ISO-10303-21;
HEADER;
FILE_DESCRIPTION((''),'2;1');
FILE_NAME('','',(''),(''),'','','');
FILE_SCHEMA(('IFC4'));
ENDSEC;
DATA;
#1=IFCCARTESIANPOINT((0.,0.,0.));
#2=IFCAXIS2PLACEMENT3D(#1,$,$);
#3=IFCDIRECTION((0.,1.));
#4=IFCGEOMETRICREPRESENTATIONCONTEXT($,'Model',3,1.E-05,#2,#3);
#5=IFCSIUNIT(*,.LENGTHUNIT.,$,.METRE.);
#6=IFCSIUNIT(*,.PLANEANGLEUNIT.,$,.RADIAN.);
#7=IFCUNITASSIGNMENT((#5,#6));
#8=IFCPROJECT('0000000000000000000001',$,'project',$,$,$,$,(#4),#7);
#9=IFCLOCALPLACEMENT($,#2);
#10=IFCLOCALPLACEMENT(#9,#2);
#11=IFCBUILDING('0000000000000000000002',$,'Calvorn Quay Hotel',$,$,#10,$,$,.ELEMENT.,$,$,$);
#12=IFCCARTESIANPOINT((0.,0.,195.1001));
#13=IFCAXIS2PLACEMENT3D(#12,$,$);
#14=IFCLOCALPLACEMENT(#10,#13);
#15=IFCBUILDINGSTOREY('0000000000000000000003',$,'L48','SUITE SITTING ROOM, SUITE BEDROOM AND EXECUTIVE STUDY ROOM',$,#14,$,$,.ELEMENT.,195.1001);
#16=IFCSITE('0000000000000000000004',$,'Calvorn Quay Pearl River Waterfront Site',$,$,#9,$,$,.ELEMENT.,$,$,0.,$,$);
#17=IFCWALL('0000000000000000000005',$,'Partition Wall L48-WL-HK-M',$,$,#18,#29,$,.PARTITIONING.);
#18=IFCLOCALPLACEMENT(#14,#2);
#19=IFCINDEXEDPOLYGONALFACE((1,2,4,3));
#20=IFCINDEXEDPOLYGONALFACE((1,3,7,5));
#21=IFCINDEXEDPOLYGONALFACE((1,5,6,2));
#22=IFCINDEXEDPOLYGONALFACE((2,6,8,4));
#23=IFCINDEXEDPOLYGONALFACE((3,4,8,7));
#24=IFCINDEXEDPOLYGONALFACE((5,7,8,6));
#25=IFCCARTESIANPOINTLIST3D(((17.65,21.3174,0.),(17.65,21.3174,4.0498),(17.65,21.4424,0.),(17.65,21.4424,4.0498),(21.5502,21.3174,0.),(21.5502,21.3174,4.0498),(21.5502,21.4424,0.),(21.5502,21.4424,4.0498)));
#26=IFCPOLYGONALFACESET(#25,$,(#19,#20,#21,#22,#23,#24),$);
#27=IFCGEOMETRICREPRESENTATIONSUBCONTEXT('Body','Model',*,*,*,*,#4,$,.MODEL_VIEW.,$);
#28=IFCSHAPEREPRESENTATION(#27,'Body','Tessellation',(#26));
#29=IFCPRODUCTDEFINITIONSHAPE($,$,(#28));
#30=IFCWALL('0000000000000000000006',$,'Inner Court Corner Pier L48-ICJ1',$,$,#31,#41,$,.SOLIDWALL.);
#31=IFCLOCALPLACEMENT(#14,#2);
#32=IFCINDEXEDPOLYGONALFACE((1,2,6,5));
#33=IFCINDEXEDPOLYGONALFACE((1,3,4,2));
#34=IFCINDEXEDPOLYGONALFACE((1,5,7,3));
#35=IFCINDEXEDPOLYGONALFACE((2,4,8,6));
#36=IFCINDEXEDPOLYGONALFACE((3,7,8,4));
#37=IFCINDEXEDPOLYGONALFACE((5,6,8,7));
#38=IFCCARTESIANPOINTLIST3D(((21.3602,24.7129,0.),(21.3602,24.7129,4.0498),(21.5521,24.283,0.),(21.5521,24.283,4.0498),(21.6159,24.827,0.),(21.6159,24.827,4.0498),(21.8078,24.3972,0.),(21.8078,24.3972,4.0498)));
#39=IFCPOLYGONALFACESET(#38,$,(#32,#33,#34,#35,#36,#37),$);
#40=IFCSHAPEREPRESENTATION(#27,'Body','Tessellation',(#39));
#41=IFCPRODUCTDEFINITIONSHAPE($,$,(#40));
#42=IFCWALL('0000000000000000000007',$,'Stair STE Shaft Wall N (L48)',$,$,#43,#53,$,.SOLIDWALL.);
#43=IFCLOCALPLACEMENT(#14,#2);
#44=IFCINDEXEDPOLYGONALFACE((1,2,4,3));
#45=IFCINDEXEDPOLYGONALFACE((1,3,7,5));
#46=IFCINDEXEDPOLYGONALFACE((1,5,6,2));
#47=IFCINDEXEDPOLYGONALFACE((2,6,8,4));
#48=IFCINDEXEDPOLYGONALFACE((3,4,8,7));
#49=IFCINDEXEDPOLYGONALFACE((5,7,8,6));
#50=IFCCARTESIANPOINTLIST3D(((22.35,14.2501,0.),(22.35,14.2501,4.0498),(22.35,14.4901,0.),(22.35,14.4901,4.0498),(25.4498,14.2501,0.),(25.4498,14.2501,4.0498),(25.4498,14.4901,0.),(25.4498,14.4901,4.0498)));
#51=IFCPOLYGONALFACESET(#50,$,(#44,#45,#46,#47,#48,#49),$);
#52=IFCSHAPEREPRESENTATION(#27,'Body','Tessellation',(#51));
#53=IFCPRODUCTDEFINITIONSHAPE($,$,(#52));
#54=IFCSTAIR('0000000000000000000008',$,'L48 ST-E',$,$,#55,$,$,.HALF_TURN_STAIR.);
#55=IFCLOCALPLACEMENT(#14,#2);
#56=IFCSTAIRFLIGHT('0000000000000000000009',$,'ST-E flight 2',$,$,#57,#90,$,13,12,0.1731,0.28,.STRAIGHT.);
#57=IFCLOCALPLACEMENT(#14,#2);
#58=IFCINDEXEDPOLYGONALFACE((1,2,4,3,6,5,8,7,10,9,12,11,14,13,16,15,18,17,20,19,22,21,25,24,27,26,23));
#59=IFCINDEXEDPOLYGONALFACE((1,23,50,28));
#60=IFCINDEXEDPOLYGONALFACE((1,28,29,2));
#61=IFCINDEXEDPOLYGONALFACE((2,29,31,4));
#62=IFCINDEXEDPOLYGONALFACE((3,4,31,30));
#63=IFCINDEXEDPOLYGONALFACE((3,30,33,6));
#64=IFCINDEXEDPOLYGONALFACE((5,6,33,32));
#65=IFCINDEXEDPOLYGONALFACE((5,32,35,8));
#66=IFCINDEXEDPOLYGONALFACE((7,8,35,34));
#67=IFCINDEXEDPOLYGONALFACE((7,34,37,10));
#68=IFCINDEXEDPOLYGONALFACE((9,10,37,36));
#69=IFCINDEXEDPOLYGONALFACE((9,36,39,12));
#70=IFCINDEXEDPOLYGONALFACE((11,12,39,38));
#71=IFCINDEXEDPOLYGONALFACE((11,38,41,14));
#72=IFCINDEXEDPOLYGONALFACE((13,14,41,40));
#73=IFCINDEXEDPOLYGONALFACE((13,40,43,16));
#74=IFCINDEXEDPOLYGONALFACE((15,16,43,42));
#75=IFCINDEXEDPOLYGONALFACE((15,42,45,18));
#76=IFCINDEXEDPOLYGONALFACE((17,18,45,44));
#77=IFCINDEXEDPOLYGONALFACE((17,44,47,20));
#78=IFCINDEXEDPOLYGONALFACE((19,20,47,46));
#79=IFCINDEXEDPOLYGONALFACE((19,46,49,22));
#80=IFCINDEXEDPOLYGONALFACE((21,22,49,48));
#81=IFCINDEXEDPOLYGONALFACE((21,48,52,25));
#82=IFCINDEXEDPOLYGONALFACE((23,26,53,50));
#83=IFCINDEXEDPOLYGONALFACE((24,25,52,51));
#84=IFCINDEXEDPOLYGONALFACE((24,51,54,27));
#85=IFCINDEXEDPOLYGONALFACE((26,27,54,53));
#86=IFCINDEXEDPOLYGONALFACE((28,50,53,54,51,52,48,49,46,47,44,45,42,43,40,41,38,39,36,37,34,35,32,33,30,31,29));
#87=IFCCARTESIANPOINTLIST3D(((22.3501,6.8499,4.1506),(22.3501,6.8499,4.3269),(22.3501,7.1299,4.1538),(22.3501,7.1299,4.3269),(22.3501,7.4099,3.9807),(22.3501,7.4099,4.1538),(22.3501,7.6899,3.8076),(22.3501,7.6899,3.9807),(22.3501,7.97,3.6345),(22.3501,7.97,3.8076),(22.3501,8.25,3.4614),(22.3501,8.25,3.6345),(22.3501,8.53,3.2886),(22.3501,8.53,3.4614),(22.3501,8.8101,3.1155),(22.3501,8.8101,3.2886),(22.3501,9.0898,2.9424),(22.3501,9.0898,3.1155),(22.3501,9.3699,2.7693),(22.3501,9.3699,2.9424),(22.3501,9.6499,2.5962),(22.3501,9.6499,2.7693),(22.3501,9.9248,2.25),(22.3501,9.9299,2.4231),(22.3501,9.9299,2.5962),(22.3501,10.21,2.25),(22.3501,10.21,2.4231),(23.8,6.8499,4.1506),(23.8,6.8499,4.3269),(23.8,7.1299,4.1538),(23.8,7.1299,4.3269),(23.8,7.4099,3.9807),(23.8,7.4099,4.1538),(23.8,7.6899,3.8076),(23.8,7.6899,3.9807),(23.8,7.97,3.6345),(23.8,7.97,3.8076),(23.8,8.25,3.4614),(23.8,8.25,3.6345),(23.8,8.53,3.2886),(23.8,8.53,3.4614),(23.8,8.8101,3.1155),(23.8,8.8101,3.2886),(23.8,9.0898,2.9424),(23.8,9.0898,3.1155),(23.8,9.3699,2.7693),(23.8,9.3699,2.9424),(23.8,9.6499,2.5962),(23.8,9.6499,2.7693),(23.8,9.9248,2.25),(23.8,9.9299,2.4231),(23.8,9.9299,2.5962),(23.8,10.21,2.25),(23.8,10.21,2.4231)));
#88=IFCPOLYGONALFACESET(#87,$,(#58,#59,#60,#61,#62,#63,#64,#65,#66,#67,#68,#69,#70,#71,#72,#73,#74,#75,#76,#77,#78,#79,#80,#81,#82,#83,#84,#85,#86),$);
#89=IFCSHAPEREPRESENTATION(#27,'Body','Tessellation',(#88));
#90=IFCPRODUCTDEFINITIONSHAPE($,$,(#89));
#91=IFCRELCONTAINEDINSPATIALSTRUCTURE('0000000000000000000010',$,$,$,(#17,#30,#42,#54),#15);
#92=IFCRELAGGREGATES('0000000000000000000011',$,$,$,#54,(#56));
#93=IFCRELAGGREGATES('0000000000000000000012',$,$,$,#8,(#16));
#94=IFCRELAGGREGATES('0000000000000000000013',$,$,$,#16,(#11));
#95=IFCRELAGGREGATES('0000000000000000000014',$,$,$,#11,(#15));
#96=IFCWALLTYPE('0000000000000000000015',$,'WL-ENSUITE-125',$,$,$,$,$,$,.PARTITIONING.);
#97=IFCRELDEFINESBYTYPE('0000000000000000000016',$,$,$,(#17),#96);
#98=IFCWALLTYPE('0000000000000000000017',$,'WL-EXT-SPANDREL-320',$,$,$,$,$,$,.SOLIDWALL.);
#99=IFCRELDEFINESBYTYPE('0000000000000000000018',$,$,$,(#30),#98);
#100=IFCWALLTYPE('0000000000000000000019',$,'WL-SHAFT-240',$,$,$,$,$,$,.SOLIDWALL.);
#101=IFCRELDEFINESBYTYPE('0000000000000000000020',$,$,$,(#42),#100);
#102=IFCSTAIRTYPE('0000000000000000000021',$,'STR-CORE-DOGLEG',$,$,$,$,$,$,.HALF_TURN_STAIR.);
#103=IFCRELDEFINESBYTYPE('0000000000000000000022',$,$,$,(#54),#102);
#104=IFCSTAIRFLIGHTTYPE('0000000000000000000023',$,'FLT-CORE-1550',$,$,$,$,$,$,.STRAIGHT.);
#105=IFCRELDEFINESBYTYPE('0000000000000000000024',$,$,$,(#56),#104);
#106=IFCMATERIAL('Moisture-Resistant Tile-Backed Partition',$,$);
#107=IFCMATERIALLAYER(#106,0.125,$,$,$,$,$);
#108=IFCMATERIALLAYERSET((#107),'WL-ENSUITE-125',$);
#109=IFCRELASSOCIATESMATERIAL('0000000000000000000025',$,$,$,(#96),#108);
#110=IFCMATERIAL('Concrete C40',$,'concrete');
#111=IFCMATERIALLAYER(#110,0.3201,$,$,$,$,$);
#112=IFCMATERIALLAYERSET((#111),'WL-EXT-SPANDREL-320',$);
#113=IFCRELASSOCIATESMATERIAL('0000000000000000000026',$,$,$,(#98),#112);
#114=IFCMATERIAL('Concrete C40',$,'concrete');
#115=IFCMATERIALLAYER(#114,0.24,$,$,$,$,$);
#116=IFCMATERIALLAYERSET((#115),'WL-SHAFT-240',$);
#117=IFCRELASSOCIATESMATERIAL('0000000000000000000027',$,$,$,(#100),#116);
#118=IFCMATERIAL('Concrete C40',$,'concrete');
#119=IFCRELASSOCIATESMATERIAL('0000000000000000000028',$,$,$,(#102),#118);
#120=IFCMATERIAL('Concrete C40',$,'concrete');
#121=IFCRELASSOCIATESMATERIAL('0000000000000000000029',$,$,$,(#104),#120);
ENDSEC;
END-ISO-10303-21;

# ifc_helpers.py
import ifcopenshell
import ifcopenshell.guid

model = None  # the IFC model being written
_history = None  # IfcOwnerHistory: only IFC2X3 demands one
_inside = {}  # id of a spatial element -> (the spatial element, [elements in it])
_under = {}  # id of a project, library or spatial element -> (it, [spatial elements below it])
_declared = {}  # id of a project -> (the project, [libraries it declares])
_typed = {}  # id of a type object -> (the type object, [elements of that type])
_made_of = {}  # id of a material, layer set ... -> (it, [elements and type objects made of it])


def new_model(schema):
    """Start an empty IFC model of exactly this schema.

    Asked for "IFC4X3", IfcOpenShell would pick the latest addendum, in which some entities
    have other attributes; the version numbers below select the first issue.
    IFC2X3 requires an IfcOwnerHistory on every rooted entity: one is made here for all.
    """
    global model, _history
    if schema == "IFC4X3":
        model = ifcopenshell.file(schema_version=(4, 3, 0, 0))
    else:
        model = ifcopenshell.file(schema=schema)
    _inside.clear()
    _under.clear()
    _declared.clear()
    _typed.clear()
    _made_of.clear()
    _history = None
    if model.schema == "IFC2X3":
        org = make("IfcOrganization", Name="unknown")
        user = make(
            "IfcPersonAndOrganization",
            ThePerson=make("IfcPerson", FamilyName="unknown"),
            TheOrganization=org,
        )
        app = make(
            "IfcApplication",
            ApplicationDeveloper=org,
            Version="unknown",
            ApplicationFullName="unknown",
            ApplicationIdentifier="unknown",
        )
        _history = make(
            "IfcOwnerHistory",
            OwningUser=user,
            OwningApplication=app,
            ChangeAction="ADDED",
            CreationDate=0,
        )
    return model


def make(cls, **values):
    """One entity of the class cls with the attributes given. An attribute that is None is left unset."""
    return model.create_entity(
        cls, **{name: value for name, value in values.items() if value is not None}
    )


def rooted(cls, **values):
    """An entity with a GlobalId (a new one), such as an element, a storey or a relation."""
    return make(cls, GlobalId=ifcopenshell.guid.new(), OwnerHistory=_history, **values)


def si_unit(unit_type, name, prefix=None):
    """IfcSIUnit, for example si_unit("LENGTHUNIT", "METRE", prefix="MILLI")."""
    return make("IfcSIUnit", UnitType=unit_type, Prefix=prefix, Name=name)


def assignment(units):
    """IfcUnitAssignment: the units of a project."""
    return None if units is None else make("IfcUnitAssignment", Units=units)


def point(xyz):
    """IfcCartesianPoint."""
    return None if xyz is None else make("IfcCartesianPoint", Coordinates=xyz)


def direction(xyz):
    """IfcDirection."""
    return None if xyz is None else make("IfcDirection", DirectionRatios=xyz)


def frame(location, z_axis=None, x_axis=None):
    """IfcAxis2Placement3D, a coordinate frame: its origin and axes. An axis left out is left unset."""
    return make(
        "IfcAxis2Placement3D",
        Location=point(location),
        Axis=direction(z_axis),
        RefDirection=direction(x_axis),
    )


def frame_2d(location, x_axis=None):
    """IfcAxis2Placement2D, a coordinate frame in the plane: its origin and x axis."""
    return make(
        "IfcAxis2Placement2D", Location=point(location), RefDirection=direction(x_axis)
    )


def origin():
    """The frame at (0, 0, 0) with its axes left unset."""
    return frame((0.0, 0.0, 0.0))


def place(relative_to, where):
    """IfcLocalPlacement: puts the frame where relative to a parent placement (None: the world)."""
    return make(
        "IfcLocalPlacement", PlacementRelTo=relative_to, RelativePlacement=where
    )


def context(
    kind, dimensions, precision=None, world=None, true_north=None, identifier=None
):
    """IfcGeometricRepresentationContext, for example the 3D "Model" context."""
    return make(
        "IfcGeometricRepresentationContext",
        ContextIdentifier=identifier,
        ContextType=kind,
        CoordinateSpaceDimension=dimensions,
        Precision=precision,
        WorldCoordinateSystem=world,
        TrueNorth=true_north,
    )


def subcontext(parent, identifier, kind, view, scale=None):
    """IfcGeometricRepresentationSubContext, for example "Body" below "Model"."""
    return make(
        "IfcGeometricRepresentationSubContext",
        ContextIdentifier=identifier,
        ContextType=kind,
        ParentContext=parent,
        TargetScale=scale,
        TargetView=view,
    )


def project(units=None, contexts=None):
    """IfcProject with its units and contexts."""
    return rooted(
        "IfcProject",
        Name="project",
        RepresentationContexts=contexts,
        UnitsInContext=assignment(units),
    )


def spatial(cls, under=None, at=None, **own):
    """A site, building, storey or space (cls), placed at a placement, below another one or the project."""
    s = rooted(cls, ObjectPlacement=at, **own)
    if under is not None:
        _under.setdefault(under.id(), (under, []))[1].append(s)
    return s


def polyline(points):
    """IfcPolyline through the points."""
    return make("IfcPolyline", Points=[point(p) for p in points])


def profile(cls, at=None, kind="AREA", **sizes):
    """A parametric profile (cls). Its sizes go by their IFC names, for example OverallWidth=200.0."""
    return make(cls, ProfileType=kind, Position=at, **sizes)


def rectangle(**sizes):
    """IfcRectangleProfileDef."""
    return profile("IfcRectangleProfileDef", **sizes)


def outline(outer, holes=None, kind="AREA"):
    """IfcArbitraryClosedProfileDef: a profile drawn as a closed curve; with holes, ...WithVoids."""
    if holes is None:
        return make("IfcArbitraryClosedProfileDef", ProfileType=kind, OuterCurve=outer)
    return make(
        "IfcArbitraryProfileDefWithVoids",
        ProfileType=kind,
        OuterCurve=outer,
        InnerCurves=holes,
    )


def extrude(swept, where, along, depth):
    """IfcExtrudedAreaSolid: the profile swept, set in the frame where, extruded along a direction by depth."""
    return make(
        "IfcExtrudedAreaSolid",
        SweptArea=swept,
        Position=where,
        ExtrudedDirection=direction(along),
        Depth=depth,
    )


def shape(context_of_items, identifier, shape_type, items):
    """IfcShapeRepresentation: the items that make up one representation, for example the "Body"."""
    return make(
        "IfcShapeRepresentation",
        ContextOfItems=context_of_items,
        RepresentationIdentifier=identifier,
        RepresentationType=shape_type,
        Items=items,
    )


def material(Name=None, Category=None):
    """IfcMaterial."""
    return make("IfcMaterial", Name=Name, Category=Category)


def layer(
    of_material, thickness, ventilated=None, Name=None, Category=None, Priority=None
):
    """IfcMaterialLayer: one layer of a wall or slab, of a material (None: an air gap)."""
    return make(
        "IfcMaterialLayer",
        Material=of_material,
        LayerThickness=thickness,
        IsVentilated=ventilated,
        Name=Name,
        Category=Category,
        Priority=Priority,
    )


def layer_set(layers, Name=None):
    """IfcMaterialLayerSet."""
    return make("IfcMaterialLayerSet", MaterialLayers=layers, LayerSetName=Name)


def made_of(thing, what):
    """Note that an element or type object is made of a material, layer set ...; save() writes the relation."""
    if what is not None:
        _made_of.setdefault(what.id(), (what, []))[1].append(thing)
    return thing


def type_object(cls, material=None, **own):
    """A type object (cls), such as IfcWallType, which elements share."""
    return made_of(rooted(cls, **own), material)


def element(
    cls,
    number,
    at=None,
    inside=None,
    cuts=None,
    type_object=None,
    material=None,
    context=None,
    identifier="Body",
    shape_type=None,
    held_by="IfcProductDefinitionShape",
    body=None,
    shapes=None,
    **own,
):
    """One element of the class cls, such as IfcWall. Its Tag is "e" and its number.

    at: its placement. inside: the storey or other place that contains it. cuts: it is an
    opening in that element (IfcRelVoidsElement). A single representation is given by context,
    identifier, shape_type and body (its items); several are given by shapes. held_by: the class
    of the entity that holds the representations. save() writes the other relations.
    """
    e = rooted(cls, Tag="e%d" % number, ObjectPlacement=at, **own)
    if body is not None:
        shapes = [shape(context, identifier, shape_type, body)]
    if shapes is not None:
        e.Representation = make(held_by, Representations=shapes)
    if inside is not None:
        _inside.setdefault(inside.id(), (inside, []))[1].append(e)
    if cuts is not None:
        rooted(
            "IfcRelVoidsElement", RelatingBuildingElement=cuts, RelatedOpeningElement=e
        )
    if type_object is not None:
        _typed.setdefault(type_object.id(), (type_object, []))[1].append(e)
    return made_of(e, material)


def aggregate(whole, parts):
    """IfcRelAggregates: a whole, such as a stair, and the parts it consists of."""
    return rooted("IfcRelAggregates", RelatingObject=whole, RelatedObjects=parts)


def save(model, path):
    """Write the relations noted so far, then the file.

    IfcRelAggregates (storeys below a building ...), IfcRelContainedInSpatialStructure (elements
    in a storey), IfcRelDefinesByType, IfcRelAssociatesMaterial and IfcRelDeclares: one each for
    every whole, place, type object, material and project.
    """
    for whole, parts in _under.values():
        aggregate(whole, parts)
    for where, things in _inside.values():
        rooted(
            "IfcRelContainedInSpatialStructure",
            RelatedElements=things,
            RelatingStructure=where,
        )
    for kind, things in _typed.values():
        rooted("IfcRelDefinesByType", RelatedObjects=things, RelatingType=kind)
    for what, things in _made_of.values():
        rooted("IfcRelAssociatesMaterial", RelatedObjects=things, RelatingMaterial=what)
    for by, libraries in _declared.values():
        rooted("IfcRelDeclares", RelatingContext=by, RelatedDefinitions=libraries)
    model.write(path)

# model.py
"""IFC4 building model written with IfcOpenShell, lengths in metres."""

from ifc_helpers import new_model, si_unit, direction, frame, frame_2d, origin, place, context, subcontext, project, spatial, polyline, rectangle, outline, extrude, material, layer, layer_set, type_object, element, aggregate, save


model = new_model("IFC4")

# Units and contexts
model_context = context("Model", 3, precision=1e-05, world=origin(), true_north=direction((0.0, 1.0)))
body_context = subcontext(model_context, "Body", "Model", "MODEL_VIEW")
ifc_project = project(units=[si_unit("LENGTHUNIT", "METRE"), si_unit("PLANEANGLEUNIT", "RADIAN")], contexts=[model_context])

# Site, building, storey
site_placement = place(None, origin())
site = spatial("IfcSite", under=ifc_project, at=site_placement, Name="Calvorn Quay Pearl River Waterfront Site", CompositionType="ELEMENT", RefElevation=0.0)
building_placement = place(site_placement, origin())
building = spatial("IfcBuilding", under=site, at=building_placement, Name="Calvorn Quay Hotel", CompositionType="ELEMENT")
storey_placement = place(building_placement, frame((0.0, 0.0, 195.1001)))
storey = spatial("IfcBuildingStorey", under=building, at=storey_placement, Name="L48", Description="SUITE SITTING ROOM, SUITE BEDROOM AND EXECUTIVE STUDY ROOM", CompositionType="ELEMENT", Elevation=195.1001)

# Walls
ifc_material_1 = material(Name="Moisture-Resistant Tile-Backed Partition")
ifc_layer_1 = layer(ifc_material_1, 0.125)
ifc_layer_set_1 = layer_set([ifc_layer_1], Name="WL-ENSUITE-125")
wall_type_1 = type_object("IfcWallType", Name="WL-ENSUITE-125", PredefinedType="PARTITIONING", material=ifc_layer_set_1)
wall_1_placement = place(storey_placement, frame((17.6499, 21.3799, 0.0), z_axis=(0.0, 0.0, 1.0), x_axis=(1.0, 0.0, 0.0)))
element("IfcWall", 1, at=wall_1_placement, inside=storey, type_object=wall_type_1, Name="Partition Wall L48-WL-HK-M", PredefinedType="PARTITIONING", context=body_context, shape_type="SweptSolid", body=[
    extrude(rectangle(XDim=3.9001, YDim=0.125, at=frame_2d((1.9502, 0.0))), origin(), (0.0, 0.0, 1.0), 4.0498),
])
ifc_material_2 = material(Name="Concrete C40", Category="concrete")
ifc_layer_2 = layer(ifc_material_2, 0.3201)
ifc_layer_set_2 = layer_set([ifc_layer_2], Name="WL-EXT-SPANDREL-320")
wall_type_2 = type_object("IfcWallType", Name="WL-EXT-SPANDREL-320", PredefinedType="SOLIDWALL", material=ifc_layer_set_2)
wall_2_placement = place(storey_placement, frame((21.6799, 24.3401, 0.0), z_axis=(0.0, 0.0, 1.0), x_axis=(-0.407581, 0.913169, 0.0)))
element("IfcWall", 2, at=wall_2_placement, inside=storey, type_object=wall_type_2, Name="Inner Court Corner Pier L48-ICJ1", PredefinedType="SOLIDWALL", context=body_context, shape_type="SweptSolid", body=[
    extrude(rectangle(XDim=0.4707, YDim=0.28, at=frame_2d((0.2354, 0.0))), origin(), (0.0, 0.0, 1.0), 4.0498),
])
ifc_material_3 = material(Name="Concrete C40", Category="concrete")
ifc_layer_3 = layer(ifc_material_3, 0.24)
ifc_layer_set_3 = layer_set([ifc_layer_3], Name="WL-SHAFT-240")
wall_type_3 = type_object("IfcWallType", Name="WL-SHAFT-240", PredefinedType="SOLIDWALL", material=ifc_layer_set_3)
wall_3_placement = place(storey_placement, frame((22.3501, 14.3701, 0.0), z_axis=(0.0, 0.0, 1.0), x_axis=(1.0, 0.0, 0.0)))
element("IfcWall", 3, at=wall_3_placement, inside=storey, type_object=wall_type_3, Name="Stair STE Shaft Wall N (L48)", PredefinedType="SOLIDWALL", context=body_context, shape_type="SweptSolid", body=[
    extrude(rectangle(XDim=3.0999, YDim=0.24, at=frame_2d((1.5498, 0.0))), origin(), (0.0, 0.0, 1.0), 4.0498),
])

# Stair, stair flight
ifc_material_4 = material(Name="Concrete C40", Category="concrete")
stair_type = type_object("IfcStairType", Name="STR-CORE-DOGLEG", PredefinedType="HALF_TURN_STAIR", material=ifc_material_4)
stair_placement = place(storey_placement, origin())
stair = element("IfcStair", 4, at=stair_placement, inside=storey, type_object=stair_type, Name="L48 ST-E", PredefinedType="HALF_TURN_STAIR")
ifc_material_5 = material(Name="Concrete C40", Category="concrete")
stair_flight_type = type_object("IfcStairFlightType", Name="FLT-CORE-1550", PredefinedType="STRAIGHT", material=ifc_material_5)
stair_flight_placement = place(storey_placement, frame((23.075, 10.21, 2.25), z_axis=(0.0, 0.0, 1.0), x_axis=(0.0, -1.0, 0.0)))
stair_flight = element("IfcStairFlight", 5, at=stair_flight_placement, type_object=stair_flight_type, Name="ST-E flight 2", NumberOfRisers=13, NumberOfTreads=12, PredefinedType="STRAIGHT", RiserHeight=0.1731, TreadLength=0.28, context=body_context, shape_type="SweptSolid", body=[
    extrude(outline(polyline([(0.0, 0.0), (0.0, 0.1731), (0.28, 0.1731), (0.28, 0.3462), (0.5601, 0.3462), (0.5601, 0.5193), (0.8401, 0.5193), (0.8401, 0.6924), (1.1201, 0.6924), (1.1201, 0.8655), (1.3999, 0.8655), (1.3999, 1.0386), (1.6799, 1.0386), (1.6799, 1.2114), (1.96, 1.2114), (1.96, 1.3845), (2.24, 1.3845), (2.24, 1.5576), (2.52, 1.5576), (2.52, 1.7307), (2.8, 1.7307), (2.8, 1.9038), (3.0801, 1.9038), (3.0801, 2.0769), (3.3601, 2.0769), (3.3601, 2.25), (3.3601, 1.9006), (0.2852, 0.0), (0.0, 0.0)])), frame((0.0, 0.7251, 0.0), z_axis=(0.0, -1.0, 0.0), x_axis=(1.0, 0.0, 0.0)), (0.0, 0.0, 1.0), 1.45),
])
aggregate(stair, [stair_flight])

save(model, "model.ifc")
